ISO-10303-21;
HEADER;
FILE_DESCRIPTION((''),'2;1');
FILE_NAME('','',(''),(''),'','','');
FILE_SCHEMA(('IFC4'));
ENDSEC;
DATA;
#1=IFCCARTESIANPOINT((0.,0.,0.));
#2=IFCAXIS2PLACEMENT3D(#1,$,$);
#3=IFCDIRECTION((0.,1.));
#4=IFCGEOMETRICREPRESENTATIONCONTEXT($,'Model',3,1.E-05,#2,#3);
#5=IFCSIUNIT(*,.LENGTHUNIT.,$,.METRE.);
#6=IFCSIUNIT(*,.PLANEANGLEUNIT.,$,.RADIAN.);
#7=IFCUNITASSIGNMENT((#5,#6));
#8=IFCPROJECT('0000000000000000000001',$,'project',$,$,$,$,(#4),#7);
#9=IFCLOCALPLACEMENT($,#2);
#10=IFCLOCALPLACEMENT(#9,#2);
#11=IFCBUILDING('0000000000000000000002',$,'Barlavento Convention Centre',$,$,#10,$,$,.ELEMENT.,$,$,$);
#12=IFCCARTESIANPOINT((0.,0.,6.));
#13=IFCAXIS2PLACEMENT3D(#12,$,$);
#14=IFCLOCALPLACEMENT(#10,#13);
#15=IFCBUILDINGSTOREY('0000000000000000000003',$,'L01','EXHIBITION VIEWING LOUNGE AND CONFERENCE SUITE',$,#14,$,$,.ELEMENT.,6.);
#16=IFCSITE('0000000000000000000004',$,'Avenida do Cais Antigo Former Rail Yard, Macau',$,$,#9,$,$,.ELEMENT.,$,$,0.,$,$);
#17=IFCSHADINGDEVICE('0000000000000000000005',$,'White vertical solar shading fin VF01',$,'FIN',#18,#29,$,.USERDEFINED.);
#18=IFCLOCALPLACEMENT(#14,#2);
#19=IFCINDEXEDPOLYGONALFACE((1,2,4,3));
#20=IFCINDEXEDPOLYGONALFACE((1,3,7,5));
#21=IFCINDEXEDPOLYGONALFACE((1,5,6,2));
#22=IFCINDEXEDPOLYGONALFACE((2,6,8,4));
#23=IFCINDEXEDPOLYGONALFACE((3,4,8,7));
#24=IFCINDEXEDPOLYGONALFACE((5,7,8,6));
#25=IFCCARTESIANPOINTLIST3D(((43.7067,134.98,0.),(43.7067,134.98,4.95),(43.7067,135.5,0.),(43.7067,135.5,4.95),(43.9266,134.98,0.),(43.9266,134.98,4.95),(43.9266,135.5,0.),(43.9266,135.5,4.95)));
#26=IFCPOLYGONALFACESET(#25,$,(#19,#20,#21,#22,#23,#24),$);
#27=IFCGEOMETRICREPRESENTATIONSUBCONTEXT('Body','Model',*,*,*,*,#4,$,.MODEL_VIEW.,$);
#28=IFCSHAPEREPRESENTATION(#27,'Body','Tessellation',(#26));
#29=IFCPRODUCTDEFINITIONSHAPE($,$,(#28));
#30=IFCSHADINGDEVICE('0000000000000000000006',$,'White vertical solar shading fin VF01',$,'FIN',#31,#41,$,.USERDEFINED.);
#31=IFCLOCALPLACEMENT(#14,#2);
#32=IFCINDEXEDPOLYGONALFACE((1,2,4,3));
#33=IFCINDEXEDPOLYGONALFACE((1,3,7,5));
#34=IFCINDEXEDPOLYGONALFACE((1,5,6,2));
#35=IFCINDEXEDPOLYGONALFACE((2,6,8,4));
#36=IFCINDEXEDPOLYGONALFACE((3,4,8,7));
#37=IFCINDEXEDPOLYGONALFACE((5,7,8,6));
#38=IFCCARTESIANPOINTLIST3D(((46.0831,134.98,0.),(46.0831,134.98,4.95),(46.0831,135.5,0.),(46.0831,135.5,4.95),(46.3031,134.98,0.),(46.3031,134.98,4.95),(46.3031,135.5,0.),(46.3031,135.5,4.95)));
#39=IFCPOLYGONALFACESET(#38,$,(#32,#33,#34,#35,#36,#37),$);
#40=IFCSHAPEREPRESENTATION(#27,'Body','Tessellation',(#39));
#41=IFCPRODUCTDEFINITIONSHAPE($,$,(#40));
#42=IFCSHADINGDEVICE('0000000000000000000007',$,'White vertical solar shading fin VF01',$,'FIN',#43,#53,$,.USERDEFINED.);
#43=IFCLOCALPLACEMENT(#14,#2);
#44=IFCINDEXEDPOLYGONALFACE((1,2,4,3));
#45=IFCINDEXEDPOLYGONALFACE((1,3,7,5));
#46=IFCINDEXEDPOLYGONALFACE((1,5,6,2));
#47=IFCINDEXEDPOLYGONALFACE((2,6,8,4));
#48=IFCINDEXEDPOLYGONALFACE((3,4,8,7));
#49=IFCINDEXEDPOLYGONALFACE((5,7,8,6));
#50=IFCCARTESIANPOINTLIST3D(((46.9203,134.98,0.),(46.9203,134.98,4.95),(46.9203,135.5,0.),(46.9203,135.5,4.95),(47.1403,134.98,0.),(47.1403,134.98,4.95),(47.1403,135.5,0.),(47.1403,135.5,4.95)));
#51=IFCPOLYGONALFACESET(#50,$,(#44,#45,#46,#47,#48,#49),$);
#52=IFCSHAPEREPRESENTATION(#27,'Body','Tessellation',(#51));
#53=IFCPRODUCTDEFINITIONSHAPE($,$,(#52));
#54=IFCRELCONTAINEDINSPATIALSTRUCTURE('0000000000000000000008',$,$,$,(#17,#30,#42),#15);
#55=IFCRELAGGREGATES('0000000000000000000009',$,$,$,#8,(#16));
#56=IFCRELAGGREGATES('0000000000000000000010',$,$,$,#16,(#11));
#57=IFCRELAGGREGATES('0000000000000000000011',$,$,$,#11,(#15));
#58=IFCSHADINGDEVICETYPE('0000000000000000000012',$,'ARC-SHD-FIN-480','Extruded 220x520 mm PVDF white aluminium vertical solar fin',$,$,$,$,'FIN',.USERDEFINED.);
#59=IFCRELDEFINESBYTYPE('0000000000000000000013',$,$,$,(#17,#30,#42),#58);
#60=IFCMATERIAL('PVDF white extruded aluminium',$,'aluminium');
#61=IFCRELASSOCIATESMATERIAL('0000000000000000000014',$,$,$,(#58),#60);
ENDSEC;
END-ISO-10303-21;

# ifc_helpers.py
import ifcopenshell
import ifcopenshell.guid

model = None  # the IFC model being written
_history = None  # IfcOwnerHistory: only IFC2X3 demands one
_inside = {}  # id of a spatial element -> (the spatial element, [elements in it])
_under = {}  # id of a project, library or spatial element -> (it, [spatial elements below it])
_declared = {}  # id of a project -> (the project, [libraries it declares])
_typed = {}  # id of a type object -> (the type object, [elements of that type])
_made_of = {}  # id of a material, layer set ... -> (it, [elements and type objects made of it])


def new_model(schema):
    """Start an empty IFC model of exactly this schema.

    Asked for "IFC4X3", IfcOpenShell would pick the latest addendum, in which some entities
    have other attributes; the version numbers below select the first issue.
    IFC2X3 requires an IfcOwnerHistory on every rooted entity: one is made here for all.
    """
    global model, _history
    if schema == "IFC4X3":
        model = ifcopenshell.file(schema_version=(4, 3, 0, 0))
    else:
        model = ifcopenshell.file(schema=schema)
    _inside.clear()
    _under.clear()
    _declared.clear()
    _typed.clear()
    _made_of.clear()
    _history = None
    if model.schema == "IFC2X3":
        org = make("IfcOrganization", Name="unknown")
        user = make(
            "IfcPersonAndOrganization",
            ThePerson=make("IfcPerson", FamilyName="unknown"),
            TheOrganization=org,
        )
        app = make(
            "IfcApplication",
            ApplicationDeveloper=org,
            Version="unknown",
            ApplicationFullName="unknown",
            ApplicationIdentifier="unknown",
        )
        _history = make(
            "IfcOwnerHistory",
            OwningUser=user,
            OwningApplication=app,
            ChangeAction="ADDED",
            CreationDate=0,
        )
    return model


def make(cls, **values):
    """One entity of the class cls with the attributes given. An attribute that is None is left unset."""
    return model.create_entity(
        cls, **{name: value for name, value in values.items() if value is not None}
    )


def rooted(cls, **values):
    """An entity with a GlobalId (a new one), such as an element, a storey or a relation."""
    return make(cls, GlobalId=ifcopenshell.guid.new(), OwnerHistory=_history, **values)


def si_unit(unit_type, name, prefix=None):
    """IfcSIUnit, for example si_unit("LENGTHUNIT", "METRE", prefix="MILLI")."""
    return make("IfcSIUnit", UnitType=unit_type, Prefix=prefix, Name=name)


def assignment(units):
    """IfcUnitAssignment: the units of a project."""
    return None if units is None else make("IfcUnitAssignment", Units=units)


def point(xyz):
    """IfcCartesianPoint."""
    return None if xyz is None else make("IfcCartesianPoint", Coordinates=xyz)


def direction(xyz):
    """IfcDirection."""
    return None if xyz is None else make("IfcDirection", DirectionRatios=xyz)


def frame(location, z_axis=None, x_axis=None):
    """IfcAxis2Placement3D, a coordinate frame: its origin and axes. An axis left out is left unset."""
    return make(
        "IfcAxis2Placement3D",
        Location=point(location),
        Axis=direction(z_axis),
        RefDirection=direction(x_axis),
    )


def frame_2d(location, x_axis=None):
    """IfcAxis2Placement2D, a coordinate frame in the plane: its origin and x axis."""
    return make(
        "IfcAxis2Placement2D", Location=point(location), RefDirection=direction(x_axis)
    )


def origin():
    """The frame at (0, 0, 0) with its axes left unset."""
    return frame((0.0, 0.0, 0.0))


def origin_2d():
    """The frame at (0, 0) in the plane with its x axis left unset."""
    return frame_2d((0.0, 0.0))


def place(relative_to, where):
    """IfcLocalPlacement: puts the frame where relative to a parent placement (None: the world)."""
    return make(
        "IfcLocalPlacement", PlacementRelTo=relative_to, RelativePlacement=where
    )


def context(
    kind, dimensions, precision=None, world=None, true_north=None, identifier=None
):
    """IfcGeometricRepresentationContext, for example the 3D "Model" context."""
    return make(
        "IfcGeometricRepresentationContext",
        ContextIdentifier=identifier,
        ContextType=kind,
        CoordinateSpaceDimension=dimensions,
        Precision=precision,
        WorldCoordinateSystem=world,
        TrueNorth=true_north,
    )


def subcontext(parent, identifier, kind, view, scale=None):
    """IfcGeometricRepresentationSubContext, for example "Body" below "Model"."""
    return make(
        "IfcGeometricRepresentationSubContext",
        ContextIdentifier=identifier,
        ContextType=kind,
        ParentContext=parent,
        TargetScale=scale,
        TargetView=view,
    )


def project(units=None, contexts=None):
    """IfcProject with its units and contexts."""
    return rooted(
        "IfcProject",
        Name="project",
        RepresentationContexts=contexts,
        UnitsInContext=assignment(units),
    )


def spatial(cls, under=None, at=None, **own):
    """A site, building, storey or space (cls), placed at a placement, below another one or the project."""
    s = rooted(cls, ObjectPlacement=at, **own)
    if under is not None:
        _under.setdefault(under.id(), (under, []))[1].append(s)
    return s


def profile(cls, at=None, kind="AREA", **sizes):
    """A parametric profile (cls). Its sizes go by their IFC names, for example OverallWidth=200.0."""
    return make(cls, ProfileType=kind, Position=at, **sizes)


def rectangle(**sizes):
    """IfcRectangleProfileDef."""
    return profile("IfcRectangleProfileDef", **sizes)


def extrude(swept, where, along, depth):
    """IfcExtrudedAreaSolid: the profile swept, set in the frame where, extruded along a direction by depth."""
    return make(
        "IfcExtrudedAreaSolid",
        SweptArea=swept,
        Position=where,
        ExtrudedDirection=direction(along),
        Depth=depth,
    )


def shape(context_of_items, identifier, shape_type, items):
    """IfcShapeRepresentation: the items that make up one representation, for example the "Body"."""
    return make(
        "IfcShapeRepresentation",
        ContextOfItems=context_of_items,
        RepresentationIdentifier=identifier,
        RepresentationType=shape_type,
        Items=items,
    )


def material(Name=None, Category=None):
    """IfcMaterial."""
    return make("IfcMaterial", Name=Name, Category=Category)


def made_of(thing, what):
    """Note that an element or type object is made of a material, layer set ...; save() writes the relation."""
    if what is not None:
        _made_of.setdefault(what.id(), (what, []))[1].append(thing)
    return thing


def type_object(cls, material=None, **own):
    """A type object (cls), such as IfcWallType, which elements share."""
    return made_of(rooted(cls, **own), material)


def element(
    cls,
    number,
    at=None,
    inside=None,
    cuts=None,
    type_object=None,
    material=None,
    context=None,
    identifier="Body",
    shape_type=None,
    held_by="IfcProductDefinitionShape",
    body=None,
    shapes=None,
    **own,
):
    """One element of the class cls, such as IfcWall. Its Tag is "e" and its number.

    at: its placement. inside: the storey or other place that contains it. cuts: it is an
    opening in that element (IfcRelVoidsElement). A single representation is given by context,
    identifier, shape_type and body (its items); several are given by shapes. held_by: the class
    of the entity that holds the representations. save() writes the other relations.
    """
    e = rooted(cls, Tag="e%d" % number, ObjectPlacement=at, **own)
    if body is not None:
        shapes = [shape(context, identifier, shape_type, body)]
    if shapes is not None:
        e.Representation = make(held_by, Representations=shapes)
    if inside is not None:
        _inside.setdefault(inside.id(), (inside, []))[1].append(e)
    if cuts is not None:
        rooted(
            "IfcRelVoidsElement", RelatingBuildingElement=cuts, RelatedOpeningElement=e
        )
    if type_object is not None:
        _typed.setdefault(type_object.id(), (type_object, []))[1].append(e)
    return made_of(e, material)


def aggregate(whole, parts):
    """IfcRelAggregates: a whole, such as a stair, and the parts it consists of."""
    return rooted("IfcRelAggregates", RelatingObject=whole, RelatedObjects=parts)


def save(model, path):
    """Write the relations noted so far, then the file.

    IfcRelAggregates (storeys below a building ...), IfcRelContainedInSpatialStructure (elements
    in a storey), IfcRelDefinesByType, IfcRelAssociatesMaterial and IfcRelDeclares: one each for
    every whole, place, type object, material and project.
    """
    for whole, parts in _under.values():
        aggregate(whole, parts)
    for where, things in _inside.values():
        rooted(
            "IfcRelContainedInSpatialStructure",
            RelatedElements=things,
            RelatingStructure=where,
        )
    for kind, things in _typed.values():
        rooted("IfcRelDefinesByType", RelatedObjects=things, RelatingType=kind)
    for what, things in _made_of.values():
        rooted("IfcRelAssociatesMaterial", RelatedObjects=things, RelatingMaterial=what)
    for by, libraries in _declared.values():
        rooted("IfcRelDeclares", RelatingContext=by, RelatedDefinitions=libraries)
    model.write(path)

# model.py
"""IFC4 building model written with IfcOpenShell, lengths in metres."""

from ifc_helpers import new_model, si_unit, direction, frame, origin, origin_2d, place, context, subcontext, project, spatial, rectangle, extrude, material, type_object, element, save


model = new_model("IFC4")

# Units and contexts
model_context = context("Model", 3, precision=1e-05, world=origin(), true_north=direction((0.0, 1.0)))
body_context = subcontext(model_context, "Body", "Model", "MODEL_VIEW")
ifc_project = project(units=[si_unit("LENGTHUNIT", "METRE"), si_unit("PLANEANGLEUNIT", "RADIAN")], contexts=[model_context])

# Site, building, storey
site_placement = place(None, origin())
site = spatial("IfcSite", under=ifc_project, at=site_placement, Name="Avenida do Cais Antigo Former Rail Yard, Macau", CompositionType="ELEMENT", RefElevation=0.0)
building_placement = place(site_placement, origin())
building = spatial("IfcBuilding", under=site, at=building_placement, Name="Barlavento Convention Centre", CompositionType="ELEMENT")
storey_placement = place(building_placement, frame((0.0, 0.0, 6.0)))
storey = spatial("IfcBuildingStorey", under=building, at=storey_placement, Name="L01", Description="EXHIBITION VIEWING LOUNGE AND CONFERENCE SUITE", CompositionType="ELEMENT", Elevation=6.0)

# Shading devices
ifc_material_1 = material(Name="PVDF white extruded aluminium", Category="aluminium")
shading_device_type = type_object("IfcShadingDeviceType", Name="ARC-SHD-FIN-480", Description="Extruded 220x520 mm PVDF white aluminium vertical solar fin", ElementType="FIN", PredefinedType="USERDEFINED", material=ifc_material_1)
for number, where, z_axis, x_axis, name in (
    (1, (43.8167, 135.24, 0.0), (0.0, 0.0, 1.0), (1.0, 0.0, 0.0), "White vertical solar shading fin VF01"),
    (2, (46.1931, 135.24, 0.0), (0.0, 0.0, 1.0), (1.0, 0.0, 0.0), "White vertical solar shading fin VF01"),
    (3, (47.0303, 135.24, 0.0), (0.0, 0.0, 1.0), (1.0, 0.0, 0.0), "White vertical solar shading fin VF01"),
):
    element("IfcShadingDevice", number, at=place(storey_placement, frame(where, z_axis=z_axis, x_axis=x_axis)), inside=storey, type_object=shading_device_type, Name=name, ObjectType="FIN", PredefinedType="USERDEFINED", context=body_context, shape_type="SweptSolid", body=[
        extrude(rectangle(XDim=0.22, YDim=0.52, at=origin_2d()), origin(), (0.0, 0.0, 1.0), 4.95),
    ])

save(model, "model.ifc")
